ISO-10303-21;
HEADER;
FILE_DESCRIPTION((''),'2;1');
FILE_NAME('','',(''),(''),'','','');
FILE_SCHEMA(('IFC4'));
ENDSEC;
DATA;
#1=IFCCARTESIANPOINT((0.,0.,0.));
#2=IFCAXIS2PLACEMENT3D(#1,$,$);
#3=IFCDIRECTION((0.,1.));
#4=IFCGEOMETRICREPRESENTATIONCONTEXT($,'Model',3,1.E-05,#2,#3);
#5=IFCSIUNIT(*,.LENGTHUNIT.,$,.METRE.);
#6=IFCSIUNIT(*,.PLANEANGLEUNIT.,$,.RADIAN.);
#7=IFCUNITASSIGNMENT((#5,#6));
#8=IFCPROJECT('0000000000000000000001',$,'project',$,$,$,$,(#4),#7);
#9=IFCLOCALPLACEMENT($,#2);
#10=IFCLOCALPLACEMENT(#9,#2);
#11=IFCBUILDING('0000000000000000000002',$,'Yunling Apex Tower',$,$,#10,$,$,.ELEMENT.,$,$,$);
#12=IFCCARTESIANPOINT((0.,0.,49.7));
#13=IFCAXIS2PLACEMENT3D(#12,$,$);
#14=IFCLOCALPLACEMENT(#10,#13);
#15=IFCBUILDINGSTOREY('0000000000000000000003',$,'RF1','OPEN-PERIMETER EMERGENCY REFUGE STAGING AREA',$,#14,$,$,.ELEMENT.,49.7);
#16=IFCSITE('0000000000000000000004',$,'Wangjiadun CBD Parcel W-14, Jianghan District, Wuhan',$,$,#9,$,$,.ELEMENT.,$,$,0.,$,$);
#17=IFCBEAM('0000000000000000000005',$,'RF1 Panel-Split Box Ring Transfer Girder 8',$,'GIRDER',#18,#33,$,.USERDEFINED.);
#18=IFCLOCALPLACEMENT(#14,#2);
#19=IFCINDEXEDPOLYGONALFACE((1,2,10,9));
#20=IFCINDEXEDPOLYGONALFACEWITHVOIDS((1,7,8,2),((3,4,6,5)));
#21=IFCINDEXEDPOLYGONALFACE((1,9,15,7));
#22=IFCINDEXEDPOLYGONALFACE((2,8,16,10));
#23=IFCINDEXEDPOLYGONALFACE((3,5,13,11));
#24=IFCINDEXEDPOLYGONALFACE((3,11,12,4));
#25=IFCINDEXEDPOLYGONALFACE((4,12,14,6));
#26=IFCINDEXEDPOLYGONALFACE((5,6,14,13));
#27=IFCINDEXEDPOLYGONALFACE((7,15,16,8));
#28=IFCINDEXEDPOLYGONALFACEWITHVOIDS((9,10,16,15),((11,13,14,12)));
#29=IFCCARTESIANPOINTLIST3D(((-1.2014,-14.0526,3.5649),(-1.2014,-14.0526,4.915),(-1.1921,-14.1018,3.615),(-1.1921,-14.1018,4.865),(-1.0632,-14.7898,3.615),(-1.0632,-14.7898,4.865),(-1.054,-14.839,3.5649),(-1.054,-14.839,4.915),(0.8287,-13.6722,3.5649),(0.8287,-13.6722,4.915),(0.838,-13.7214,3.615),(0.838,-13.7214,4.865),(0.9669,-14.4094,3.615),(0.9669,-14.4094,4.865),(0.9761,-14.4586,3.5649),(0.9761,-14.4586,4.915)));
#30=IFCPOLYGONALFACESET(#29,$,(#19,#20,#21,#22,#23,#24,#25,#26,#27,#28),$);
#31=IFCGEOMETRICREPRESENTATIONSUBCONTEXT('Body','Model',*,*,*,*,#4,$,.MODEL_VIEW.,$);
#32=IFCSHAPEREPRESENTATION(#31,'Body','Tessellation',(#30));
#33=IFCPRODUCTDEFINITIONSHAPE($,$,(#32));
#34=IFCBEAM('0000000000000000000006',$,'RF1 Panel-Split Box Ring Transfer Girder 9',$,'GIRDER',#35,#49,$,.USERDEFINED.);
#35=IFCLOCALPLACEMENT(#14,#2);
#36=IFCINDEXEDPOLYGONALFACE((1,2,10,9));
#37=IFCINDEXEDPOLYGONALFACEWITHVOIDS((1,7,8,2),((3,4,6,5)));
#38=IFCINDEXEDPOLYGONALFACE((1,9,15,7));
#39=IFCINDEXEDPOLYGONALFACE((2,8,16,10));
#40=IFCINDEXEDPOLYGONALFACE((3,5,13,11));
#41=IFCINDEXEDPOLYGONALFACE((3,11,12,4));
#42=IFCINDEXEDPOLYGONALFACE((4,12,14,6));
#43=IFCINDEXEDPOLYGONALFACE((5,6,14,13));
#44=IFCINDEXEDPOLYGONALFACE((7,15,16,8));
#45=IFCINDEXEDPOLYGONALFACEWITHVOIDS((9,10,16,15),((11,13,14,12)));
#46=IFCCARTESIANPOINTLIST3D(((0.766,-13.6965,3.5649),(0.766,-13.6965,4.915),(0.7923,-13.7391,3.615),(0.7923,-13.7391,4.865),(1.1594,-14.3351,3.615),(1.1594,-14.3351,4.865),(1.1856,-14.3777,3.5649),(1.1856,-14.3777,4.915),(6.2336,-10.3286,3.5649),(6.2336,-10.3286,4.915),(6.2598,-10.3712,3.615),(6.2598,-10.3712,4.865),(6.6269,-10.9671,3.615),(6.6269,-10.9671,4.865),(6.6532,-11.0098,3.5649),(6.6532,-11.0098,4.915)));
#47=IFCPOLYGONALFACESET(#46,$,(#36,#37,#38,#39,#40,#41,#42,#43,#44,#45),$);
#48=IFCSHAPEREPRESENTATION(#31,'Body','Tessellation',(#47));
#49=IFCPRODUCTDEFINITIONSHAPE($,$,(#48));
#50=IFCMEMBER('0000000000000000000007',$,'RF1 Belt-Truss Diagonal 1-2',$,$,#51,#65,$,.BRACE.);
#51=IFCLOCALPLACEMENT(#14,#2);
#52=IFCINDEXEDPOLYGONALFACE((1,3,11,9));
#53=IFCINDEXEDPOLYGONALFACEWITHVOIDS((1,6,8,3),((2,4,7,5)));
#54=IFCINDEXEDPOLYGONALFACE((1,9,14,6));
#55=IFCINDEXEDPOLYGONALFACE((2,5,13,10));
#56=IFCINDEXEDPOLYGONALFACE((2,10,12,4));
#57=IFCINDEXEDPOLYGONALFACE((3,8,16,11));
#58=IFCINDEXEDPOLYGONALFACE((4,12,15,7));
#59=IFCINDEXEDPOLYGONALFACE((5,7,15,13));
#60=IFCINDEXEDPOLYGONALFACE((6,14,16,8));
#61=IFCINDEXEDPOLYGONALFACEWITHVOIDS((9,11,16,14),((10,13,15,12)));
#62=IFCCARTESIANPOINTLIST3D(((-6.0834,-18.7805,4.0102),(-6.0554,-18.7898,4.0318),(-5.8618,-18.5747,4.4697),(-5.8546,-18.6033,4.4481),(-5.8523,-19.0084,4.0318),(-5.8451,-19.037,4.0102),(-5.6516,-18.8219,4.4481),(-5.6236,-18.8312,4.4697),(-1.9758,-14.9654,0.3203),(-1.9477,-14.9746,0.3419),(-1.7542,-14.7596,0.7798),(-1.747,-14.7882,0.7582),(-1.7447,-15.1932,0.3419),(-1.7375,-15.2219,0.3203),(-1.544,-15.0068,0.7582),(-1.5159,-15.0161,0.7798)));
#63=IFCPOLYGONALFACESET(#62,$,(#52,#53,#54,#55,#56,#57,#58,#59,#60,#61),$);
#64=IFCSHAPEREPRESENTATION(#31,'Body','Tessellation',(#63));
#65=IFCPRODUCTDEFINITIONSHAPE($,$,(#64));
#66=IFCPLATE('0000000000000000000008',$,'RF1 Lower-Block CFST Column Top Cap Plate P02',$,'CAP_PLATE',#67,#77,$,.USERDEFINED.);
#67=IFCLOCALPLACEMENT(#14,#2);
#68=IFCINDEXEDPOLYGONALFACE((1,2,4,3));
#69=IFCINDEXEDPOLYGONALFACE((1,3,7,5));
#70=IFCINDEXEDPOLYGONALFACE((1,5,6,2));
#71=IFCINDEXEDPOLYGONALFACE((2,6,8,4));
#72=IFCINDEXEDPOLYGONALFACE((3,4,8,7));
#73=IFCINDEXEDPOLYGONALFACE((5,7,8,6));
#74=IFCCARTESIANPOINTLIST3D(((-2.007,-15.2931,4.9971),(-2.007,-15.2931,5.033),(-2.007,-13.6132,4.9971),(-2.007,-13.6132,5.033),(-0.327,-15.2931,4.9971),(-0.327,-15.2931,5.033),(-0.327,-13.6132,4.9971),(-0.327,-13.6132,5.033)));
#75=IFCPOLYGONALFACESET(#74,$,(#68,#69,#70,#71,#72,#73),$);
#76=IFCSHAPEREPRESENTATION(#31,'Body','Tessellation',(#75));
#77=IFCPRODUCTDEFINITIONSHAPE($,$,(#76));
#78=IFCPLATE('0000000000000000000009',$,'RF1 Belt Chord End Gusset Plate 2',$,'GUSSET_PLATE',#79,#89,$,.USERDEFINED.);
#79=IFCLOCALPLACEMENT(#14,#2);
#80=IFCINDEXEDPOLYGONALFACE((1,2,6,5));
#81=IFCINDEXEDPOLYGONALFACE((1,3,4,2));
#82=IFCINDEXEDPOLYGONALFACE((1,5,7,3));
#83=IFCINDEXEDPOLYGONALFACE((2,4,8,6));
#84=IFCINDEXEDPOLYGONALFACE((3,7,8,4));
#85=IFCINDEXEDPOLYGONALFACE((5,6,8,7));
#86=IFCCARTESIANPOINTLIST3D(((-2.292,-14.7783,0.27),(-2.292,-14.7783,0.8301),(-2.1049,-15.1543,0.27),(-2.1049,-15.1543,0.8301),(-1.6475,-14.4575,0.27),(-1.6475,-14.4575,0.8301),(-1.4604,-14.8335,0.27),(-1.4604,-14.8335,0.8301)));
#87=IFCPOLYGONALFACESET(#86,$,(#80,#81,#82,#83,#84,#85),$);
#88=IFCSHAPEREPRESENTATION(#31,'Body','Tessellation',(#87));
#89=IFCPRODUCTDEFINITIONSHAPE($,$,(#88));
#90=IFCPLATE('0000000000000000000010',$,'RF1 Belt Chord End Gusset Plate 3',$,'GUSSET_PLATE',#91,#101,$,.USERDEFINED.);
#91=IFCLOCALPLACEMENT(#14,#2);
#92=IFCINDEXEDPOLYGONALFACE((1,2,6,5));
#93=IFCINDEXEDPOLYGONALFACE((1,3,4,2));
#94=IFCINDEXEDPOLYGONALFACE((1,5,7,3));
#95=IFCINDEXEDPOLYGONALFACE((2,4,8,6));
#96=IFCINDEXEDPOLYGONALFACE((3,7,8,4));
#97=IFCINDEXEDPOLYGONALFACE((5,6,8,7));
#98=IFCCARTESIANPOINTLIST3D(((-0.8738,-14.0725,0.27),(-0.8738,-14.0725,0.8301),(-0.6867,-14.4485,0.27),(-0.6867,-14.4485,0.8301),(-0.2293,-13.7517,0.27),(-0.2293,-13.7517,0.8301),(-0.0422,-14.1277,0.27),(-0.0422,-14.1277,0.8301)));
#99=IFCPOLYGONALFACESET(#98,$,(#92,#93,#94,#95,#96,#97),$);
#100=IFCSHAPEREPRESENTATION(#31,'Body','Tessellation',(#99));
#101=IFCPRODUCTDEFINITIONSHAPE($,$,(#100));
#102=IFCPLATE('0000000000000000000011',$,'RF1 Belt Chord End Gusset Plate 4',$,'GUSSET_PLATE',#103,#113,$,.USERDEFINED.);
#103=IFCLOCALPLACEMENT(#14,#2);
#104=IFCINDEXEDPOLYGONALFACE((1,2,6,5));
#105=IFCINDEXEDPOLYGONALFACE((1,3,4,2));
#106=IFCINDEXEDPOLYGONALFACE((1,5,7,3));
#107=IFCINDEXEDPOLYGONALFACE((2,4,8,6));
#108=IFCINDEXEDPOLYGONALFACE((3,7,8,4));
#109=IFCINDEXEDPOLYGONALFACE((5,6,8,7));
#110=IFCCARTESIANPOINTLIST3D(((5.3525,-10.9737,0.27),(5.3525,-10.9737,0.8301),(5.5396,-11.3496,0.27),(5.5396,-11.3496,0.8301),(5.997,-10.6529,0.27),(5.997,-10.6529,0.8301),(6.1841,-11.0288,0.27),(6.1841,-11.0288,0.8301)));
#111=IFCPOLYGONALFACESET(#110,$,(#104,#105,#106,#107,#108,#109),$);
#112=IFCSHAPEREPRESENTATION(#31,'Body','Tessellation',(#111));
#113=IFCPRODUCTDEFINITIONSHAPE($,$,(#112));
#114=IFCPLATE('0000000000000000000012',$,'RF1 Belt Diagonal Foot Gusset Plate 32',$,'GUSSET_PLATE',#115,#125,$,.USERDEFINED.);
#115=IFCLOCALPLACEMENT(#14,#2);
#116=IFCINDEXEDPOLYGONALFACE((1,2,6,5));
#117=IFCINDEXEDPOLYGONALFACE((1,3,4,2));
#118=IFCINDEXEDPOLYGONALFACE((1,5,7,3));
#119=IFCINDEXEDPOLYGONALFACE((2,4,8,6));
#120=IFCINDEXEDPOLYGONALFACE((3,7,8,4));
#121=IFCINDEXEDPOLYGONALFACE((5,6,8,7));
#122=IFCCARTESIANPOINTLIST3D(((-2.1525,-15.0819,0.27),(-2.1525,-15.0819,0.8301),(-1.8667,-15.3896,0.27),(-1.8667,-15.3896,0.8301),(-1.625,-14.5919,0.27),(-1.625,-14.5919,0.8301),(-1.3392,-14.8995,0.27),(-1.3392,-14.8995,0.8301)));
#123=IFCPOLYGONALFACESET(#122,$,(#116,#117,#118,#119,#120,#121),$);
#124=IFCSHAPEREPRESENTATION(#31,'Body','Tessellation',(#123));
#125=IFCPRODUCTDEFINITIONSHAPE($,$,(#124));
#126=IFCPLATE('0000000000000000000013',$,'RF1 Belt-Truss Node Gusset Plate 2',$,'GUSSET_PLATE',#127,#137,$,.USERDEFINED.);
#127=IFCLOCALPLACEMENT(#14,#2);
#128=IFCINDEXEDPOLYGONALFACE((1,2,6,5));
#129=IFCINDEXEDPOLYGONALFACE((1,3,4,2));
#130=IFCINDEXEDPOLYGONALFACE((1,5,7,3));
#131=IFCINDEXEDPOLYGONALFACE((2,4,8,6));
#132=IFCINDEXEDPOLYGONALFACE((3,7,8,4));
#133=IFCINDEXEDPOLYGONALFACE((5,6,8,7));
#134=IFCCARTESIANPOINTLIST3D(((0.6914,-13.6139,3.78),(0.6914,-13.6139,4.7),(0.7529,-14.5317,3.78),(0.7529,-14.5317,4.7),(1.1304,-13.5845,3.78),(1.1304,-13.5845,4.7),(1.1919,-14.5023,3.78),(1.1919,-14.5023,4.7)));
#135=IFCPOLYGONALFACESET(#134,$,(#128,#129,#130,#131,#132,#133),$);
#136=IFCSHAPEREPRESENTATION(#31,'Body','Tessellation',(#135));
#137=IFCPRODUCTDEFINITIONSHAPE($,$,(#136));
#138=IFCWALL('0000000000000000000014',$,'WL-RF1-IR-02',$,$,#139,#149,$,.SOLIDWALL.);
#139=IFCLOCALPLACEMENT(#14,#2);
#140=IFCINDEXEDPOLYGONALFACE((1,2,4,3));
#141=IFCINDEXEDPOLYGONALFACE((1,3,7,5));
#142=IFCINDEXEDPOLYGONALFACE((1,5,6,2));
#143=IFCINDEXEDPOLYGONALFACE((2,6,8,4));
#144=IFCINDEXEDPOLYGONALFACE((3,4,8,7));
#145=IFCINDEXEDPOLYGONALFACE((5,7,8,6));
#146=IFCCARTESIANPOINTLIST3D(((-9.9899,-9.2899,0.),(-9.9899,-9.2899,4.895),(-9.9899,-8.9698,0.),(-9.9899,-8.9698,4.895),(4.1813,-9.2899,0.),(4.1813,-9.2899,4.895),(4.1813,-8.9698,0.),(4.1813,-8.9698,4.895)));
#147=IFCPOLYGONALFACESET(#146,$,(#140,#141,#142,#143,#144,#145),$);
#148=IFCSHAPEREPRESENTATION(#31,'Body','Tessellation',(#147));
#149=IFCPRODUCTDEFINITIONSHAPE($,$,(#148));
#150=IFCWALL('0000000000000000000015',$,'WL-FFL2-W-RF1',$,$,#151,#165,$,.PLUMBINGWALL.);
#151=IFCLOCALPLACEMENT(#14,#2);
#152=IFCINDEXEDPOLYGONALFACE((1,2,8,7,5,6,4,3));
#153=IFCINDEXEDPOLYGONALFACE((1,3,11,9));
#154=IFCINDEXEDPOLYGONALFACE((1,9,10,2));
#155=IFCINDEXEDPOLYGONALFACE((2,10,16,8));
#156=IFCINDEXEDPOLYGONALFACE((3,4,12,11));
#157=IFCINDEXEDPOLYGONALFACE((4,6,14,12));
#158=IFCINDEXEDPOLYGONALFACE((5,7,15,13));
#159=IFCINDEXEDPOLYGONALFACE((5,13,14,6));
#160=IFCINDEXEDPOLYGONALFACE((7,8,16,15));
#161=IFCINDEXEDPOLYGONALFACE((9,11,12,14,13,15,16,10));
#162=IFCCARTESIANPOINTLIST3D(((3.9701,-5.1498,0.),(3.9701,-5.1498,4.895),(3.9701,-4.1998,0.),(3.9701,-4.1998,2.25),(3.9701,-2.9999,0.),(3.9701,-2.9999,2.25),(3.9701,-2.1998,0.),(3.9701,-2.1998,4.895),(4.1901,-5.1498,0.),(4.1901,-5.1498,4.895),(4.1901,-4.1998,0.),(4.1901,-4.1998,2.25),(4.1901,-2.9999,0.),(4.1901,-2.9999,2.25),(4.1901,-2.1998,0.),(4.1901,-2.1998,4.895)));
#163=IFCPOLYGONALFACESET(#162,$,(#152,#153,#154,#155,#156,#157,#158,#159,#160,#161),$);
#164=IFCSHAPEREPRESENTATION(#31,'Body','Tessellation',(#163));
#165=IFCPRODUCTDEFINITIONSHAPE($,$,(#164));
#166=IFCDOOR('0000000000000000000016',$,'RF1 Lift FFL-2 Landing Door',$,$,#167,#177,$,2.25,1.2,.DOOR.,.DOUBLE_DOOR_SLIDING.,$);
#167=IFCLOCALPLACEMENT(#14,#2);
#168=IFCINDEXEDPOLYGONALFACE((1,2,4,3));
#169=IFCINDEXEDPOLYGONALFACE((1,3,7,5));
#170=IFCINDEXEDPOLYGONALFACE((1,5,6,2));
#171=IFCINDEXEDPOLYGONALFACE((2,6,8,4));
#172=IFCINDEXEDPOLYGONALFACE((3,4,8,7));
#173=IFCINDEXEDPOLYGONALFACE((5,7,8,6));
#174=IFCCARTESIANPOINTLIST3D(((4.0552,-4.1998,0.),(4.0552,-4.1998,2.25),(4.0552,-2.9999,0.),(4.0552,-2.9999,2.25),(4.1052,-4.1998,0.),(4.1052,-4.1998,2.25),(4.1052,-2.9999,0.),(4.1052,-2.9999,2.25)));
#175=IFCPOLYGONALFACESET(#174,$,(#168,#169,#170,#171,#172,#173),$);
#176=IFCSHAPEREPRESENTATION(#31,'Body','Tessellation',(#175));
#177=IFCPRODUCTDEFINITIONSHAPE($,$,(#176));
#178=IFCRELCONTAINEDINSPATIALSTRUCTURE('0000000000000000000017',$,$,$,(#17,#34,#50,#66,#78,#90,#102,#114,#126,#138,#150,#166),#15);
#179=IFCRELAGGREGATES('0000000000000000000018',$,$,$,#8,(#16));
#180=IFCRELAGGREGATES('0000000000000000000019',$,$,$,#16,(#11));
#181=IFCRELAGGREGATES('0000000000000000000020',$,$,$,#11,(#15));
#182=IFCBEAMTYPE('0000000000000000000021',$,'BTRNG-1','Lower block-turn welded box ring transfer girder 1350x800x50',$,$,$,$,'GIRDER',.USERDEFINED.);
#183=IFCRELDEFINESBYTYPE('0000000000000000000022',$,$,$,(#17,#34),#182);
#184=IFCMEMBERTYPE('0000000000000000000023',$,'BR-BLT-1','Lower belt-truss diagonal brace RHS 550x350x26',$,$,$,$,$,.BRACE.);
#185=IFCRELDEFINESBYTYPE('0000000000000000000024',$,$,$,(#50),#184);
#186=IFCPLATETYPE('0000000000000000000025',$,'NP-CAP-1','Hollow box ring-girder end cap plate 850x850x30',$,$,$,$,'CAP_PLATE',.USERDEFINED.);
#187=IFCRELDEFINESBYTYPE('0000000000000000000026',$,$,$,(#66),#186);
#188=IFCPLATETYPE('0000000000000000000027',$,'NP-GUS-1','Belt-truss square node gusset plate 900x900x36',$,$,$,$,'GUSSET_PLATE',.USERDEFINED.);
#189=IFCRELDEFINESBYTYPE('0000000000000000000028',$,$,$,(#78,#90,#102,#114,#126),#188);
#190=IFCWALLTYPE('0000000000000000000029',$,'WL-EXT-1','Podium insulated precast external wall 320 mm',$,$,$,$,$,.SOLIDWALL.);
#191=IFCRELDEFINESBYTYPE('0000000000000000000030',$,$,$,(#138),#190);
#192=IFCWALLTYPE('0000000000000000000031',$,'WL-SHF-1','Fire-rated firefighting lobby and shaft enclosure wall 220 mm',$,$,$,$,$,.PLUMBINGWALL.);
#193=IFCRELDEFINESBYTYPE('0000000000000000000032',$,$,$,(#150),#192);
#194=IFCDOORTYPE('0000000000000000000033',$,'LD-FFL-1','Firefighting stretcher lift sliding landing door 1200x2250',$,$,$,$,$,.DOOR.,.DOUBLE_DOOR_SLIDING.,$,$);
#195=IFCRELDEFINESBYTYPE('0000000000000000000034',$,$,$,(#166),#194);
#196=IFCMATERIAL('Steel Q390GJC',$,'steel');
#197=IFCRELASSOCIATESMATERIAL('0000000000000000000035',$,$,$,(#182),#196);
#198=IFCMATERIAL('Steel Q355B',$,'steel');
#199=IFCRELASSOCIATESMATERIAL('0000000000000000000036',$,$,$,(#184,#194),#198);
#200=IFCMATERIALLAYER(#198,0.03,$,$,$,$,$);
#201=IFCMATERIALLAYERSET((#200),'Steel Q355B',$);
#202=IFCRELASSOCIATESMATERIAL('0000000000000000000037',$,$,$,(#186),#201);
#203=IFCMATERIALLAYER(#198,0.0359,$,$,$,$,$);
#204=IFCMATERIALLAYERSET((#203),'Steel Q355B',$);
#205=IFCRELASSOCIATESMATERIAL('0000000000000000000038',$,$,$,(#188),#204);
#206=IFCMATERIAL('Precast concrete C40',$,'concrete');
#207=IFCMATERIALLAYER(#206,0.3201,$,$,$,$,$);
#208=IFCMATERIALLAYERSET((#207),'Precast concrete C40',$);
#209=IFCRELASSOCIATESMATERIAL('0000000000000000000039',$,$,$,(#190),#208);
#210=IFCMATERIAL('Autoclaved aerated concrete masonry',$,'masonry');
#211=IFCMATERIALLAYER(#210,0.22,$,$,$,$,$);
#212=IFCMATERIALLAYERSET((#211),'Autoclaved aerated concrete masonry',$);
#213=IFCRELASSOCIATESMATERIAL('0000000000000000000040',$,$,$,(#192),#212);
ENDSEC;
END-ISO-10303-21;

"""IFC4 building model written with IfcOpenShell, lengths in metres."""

from ifc_helpers import new_model, si_unit, direction, frame, frame_2d, origin, origin_2d, place, context, subcontext, project, spatial, rectangle, hollow_rectangle, extrude, source, transform, mapped, material, layer, layer_set, material_profile, profile_set, type_object, element, fill, save


model = new_model("IFC4")

# Units and contexts
model_context = context("Model", 3, precision=1e-05, world=origin(), true_north=direction((0.0, 1.0)))
body_context = subcontext(model_context, "Body", "Model", "MODEL_VIEW")
ifc_project = project(units=[si_unit("LENGTHUNIT", "METRE"), si_unit("PLANEANGLEUNIT", "RADIAN")], contexts=[model_context])

# Site, building, storey
site_placement = place(None, origin())
site = spatial("IfcSite", under=ifc_project, at=site_placement, Name="Wangjiadun CBD Parcel W-14, Jianghan District, Wuhan", CompositionType="ELEMENT", RefElevation=0.0)
building_placement = place(site_placement, origin())
building = spatial("IfcBuilding", under=site, at=building_placement, Name="Yunling Apex Tower", CompositionType="ELEMENT")
storey_placement = place(building_placement, frame((0.0, 0.0, 49.7)))
storey = spatial("IfcBuildingStorey", under=building, at=storey_placement, Name="RF1", Description="OPEN-PERIMETER EMERGENCY REFUGE STAGING AREA", CompositionType="ELEMENT", Elevation=49.7)

# Shared definitions
ifc_material_1 = material(Name="Steel Q390GJC", Category="steel")

# Shared definitions
ifc_material_2 = material(Name="Steel Q355B", Category="steel")

# Beams
ifc_material_profile_1 = material_profile(ifc_material_1, hollow_rectangle(XDim=0.8, YDim=1.3501, WallThickness=0.05, at=origin_2d()))
ifc_profile_set_1 = profile_set([ifc_material_profile_1], Name="Steel Q390GJC")
beam_type_1 = type_object("IfcBeamType", Name="BTRNG-1", Description="Lower block-turn welded box ring transfer girder 1350x800x50", ElementType="GIRDER", PredefinedType="USERDEFINED", material=ifc_profile_set_1)
shared_shape_1 = source(origin(), body_context, "Body", "SweptSolid", [
    extrude(hollow_rectangle(XDim=0.8, YDim=1.3501, WallThickness=0.05, at=origin_2d()), origin(), (0.0, 0.0, 1.0), 2.0654),
])
beam_1_placement = place(storey_placement, frame((-1.1277, -14.4458, 4.24), z_axis=(0.982895, 0.184167, 0.0), x_axis=(-0.184167, 0.982895, 0.0)))
element("IfcBeam", 1, at=beam_1_placement, inside=storey, type_object=beam_type_1, Name="RF1 Panel-Split Box Ring Transfer Girder 8", ObjectType="GIRDER", PredefinedType="USERDEFINED", context=body_context, shape_type="MappedRepresentation", body=[
    mapped(shared_shape_1, transform((0.0, 0.0, 0.0), scale=1.0)),
])
shared_shape_2 = source(origin(), body_context, "Body", "SweptSolid", [
    extrude(hollow_rectangle(XDim=0.8, YDim=1.3501, WallThickness=0.05, at=origin_2d()), origin(), (0.0, 0.0, 1.0), 6.4216),
])
beam_2_placement = place(storey_placement, frame((0.9758, -14.0371, 4.24), z_axis=(0.85143, 0.524469, 0.0), x_axis=(-0.524469, 0.85143, 0.0)))
element("IfcBeam", 2, at=beam_2_placement, inside=storey, type_object=beam_type_1, Name="RF1 Panel-Split Box Ring Transfer Girder 9", ObjectType="GIRDER", PredefinedType="USERDEFINED", context=body_context, shape_type="MappedRepresentation", body=[
    mapped(shared_shape_2, transform((0.0, 0.0, 0.0), scale=1.0)),
])

# Member
ifc_material_profile_2 = material_profile(ifc_material_2, hollow_rectangle(XDim=0.3501, YDim=0.55, WallThickness=0.0259, at=origin_2d()))
ifc_profile_set_2 = profile_set([ifc_material_profile_2], Name="Steel Q355B")
member_type_1 = type_object("IfcMemberType", Name="BR-BLT-1", Description="Lower belt-truss diagonal brace RHS 550x350x26", PredefinedType="BRACE", material=ifc_profile_set_2)
shared_shape_3 = source(origin(), body_context, "Body", "SweptSolid", [
    extrude(hollow_rectangle(XDim=0.3501, YDim=0.55, WallThickness=0.0259, at=origin_2d()), origin(), (0.0, 0.0, 1.0), 6.7114),
])
member_1_placement = place(storey_placement, frame((-1.7458, -14.9907, 0.55), z_axis=(-0.612034, -0.568455, 0.549794), x_axis=(0.68054, -0.732711, 0.0)))
element("IfcMember", 3, at=member_1_placement, inside=storey, type_object=member_type_1, Name="RF1 Belt-Truss Diagonal 1-2", PredefinedType="BRACE", context=body_context, shape_type="MappedRepresentation", body=[
    mapped(shared_shape_3, transform((0.0, 0.0, 0.0), scale=1.0)),
])

# Plates
ifc_layer_1 = layer(ifc_material_2, 0.03)
ifc_layer_set_1 = layer_set([ifc_layer_1], Name="Steel Q355B")
plate_type_1 = type_object("IfcPlateType", Name="NP-CAP-1", Description="Hollow box ring-girder end cap plate 850x850x30", ElementType="CAP_PLATE", PredefinedType="USERDEFINED", material=ifc_layer_set_1)
shared_shape_4 = source(origin(), body_context, "Body", "SweptSolid", [
    extrude(rectangle(XDim=1.6799, YDim=1.6799, at=origin_2d()), origin(), (0.0, 0.0, 1.0), 0.0359),
])
plate_1_placement = place(storey_placement, frame((-1.167, -14.4531, 4.9971), z_axis=(0.0, 0.0, 1.0), x_axis=(1.0, 0.0, 0.0)))
element("IfcPlate", 4, at=plate_1_placement, inside=storey, type_object=plate_type_1, Name="RF1 Lower-Block CFST Column Top Cap Plate P02", ObjectType="CAP_PLATE", PredefinedType="USERDEFINED", context=body_context, shape_type="MappedRepresentation", body=[
    mapped(shared_shape_4, transform((0.0, 0.0, 0.0), scale=1.0)),
])
ifc_layer_2 = layer(ifc_material_2, 0.0359)
ifc_layer_set_2 = layer_set([ifc_layer_2], Name="Steel Q355B")
plate_type_2 = type_object("IfcPlateType", Name="NP-GUS-1", Description="Belt-truss square node gusset plate 900x900x36", ElementType="GUSSET_PLATE", PredefinedType="USERDEFINED", material=ifc_layer_set_2)
shared_shape_5 = source(origin(), body_context, "Body", "SweptSolid", [
    extrude(rectangle(XDim=0.72, YDim=0.4199, at=origin_2d()), origin(), (0.0, 0.0, 1.0), 0.5601),
])
for number, where, z_axis, x_axis, name in (
    (5, (-1.8762, -14.8059, 0.27), (0.0, 0.0, 1.0), (0.895246, 0.445573, 0.0), "RF1 Belt Chord End Gusset Plate 2"),
    (6, (-0.458, -14.1001, 0.27), (0.0, 0.0, 1.0), (0.895246, 0.445573, 0.0), "RF1 Belt Chord End Gusset Plate 3"),
    (7, (5.7683, -11.0012, 0.27), (0.0, 0.0, 1.0), (0.895246, 0.445573, 0.0), "RF1 Belt Chord End Gusset Plate 4"),
    (8, (-1.7458, -14.9907, 0.27), (0.0, 0.0, 1.0), (-0.732662, -0.680593, 0.0), "RF1 Belt Diagonal Foot Gusset Plate 32"),
):
    element("IfcPlate", number, at=place(storey_placement, frame(where, z_axis=z_axis, x_axis=x_axis)), inside=storey, type_object=plate_type_2, Name=name, ObjectType="GUSSET_PLATE", PredefinedType="USERDEFINED", context=body_context, shape_type="MappedRepresentation", body=[
        mapped(shared_shape_5, transform((0.0, 0.0, 0.0), scale=1.0)),
    ])
shared_shape_6 = source(origin(), body_context, "Body", "SweptSolid", [
    extrude(rectangle(XDim=0.9199, YDim=0.4399, at=origin_2d()), origin(), (0.0, 0.0, 1.0), 0.9199),
])
plate_2_placement = place(storey_placement, frame((0.9417, -14.0581, 3.78), z_axis=(0.0, 0.0, 1.0), x_axis=(0.066796, -0.997767, 0.0)))
element("IfcPlate", 9, at=plate_2_placement, inside=storey, type_object=plate_type_2, Name="RF1 Belt-Truss Node Gusset Plate 2", ObjectType="GUSSET_PLATE", PredefinedType="USERDEFINED", context=body_context, shape_type="MappedRepresentation", body=[
    mapped(shared_shape_6, transform((0.0, 0.0, 0.0), scale=1.0)),
])

# Wall
ifc_material_3 = material(Name="Precast concrete C40", Category="concrete")
ifc_layer_3 = layer(ifc_material_3, 0.3201)
ifc_layer_set_3 = layer_set([ifc_layer_3], Name="Precast concrete C40")
wall_type_1 = type_object("IfcWallType", Name="WL-EXT-1", Description="Podium insulated precast external wall 320 mm", PredefinedType="SOLIDWALL", material=ifc_layer_set_3)
wall_1_placement = place(storey_placement, frame((4.1812, -9.1299, 0.0), z_axis=(0.0, 0.0, 1.0), x_axis=(-1.0, 0.0, 0.0)))
element("IfcWall", 10, at=wall_1_placement, inside=storey, type_object=wall_type_1, Name="WL-RF1-IR-02", PredefinedType="SOLIDWALL", context=body_context, shape_type="SweptSolid", body=[
    extrude(rectangle(XDim=14.1711, YDim=0.3201, at=frame_2d((7.0854, 0.0))), origin(), (0.0, 0.0, 1.0), 4.895),
])

# Wall, opening, door
ifc_material_4 = material(Name="Autoclaved aerated concrete masonry", Category="masonry")
ifc_layer_4 = layer(ifc_material_4, 0.22)
ifc_layer_set_4 = layer_set([ifc_layer_4], Name="Autoclaved aerated concrete masonry")
wall_type_2 = type_object("IfcWallType", Name="WL-SHF-1", Description="Fire-rated firefighting lobby and shaft enclosure wall 220 mm", PredefinedType="PLUMBINGWALL", material=ifc_layer_set_4)
wall_2_placement = place(storey_placement, frame((4.0801, -5.1499, 0.0), z_axis=(0.0, 0.0, 1.0), x_axis=(0.0, 1.0, 0.0)))
wall_2 = element("IfcWall", 11, at=wall_2_placement, inside=storey, type_object=wall_type_2, Name="WL-FFL2-W-RF1", PredefinedType="PLUMBINGWALL", context=body_context, shape_type="SweptSolid", body=[
    extrude(rectangle(XDim=2.95, YDim=0.22, at=frame_2d((1.4751, 0.0))), origin(), (0.0, 0.0, 1.0), 4.895),
])
opening_1_placement = place(wall_2_placement, frame((0.95, 0.0, 0.0)))
opening_1 = element("IfcOpeningElement", 12, at=opening_1_placement, cuts=wall_2, PredefinedType="OPENING", context=body_context, shape_type="SweptSolid", body=[
    extrude(rectangle(XDim=1.2, YDim=2.25, at=frame_2d((0.6001, 1.125))), frame((0.0, 0.1201, 0.0), z_axis=(0.0, -1.0, 0.0), x_axis=(1.0, 0.0, 0.0)), (0.0, 0.0, 1.0), 0.24),
])
door_type_1 = type_object("IfcDoorType", Name="LD-FFL-1", Description="Firefighting stretcher lift sliding landing door 1200x2250", OperationType="DOUBLE_DOOR_SLIDING", PredefinedType="DOOR", material=ifc_material_2)
door_1_placement = place(opening_1_placement, origin())
door_1 = element("IfcDoor", 13, at=door_1_placement, inside=storey, type_object=door_type_1, Name="RF1 Lift FFL-2 Landing Door", OperationType="DOUBLE_DOOR_SLIDING", OverallHeight=2.25, OverallWidth=1.2, PredefinedType="DOOR", context=body_context, shape_type="SweptSolid", body=[
    extrude(rectangle(XDim=1.2, YDim=2.25, at=frame_2d((0.6001, 1.125))), frame((0.0, 0.0249, 0.0), z_axis=(0.0, -1.0, 0.0), x_axis=(1.0, 0.0, 0.0)), (0.0, 0.0, 1.0), 0.05),
])
fill(opening_1, door_1)

save(model, "model.ifc")
